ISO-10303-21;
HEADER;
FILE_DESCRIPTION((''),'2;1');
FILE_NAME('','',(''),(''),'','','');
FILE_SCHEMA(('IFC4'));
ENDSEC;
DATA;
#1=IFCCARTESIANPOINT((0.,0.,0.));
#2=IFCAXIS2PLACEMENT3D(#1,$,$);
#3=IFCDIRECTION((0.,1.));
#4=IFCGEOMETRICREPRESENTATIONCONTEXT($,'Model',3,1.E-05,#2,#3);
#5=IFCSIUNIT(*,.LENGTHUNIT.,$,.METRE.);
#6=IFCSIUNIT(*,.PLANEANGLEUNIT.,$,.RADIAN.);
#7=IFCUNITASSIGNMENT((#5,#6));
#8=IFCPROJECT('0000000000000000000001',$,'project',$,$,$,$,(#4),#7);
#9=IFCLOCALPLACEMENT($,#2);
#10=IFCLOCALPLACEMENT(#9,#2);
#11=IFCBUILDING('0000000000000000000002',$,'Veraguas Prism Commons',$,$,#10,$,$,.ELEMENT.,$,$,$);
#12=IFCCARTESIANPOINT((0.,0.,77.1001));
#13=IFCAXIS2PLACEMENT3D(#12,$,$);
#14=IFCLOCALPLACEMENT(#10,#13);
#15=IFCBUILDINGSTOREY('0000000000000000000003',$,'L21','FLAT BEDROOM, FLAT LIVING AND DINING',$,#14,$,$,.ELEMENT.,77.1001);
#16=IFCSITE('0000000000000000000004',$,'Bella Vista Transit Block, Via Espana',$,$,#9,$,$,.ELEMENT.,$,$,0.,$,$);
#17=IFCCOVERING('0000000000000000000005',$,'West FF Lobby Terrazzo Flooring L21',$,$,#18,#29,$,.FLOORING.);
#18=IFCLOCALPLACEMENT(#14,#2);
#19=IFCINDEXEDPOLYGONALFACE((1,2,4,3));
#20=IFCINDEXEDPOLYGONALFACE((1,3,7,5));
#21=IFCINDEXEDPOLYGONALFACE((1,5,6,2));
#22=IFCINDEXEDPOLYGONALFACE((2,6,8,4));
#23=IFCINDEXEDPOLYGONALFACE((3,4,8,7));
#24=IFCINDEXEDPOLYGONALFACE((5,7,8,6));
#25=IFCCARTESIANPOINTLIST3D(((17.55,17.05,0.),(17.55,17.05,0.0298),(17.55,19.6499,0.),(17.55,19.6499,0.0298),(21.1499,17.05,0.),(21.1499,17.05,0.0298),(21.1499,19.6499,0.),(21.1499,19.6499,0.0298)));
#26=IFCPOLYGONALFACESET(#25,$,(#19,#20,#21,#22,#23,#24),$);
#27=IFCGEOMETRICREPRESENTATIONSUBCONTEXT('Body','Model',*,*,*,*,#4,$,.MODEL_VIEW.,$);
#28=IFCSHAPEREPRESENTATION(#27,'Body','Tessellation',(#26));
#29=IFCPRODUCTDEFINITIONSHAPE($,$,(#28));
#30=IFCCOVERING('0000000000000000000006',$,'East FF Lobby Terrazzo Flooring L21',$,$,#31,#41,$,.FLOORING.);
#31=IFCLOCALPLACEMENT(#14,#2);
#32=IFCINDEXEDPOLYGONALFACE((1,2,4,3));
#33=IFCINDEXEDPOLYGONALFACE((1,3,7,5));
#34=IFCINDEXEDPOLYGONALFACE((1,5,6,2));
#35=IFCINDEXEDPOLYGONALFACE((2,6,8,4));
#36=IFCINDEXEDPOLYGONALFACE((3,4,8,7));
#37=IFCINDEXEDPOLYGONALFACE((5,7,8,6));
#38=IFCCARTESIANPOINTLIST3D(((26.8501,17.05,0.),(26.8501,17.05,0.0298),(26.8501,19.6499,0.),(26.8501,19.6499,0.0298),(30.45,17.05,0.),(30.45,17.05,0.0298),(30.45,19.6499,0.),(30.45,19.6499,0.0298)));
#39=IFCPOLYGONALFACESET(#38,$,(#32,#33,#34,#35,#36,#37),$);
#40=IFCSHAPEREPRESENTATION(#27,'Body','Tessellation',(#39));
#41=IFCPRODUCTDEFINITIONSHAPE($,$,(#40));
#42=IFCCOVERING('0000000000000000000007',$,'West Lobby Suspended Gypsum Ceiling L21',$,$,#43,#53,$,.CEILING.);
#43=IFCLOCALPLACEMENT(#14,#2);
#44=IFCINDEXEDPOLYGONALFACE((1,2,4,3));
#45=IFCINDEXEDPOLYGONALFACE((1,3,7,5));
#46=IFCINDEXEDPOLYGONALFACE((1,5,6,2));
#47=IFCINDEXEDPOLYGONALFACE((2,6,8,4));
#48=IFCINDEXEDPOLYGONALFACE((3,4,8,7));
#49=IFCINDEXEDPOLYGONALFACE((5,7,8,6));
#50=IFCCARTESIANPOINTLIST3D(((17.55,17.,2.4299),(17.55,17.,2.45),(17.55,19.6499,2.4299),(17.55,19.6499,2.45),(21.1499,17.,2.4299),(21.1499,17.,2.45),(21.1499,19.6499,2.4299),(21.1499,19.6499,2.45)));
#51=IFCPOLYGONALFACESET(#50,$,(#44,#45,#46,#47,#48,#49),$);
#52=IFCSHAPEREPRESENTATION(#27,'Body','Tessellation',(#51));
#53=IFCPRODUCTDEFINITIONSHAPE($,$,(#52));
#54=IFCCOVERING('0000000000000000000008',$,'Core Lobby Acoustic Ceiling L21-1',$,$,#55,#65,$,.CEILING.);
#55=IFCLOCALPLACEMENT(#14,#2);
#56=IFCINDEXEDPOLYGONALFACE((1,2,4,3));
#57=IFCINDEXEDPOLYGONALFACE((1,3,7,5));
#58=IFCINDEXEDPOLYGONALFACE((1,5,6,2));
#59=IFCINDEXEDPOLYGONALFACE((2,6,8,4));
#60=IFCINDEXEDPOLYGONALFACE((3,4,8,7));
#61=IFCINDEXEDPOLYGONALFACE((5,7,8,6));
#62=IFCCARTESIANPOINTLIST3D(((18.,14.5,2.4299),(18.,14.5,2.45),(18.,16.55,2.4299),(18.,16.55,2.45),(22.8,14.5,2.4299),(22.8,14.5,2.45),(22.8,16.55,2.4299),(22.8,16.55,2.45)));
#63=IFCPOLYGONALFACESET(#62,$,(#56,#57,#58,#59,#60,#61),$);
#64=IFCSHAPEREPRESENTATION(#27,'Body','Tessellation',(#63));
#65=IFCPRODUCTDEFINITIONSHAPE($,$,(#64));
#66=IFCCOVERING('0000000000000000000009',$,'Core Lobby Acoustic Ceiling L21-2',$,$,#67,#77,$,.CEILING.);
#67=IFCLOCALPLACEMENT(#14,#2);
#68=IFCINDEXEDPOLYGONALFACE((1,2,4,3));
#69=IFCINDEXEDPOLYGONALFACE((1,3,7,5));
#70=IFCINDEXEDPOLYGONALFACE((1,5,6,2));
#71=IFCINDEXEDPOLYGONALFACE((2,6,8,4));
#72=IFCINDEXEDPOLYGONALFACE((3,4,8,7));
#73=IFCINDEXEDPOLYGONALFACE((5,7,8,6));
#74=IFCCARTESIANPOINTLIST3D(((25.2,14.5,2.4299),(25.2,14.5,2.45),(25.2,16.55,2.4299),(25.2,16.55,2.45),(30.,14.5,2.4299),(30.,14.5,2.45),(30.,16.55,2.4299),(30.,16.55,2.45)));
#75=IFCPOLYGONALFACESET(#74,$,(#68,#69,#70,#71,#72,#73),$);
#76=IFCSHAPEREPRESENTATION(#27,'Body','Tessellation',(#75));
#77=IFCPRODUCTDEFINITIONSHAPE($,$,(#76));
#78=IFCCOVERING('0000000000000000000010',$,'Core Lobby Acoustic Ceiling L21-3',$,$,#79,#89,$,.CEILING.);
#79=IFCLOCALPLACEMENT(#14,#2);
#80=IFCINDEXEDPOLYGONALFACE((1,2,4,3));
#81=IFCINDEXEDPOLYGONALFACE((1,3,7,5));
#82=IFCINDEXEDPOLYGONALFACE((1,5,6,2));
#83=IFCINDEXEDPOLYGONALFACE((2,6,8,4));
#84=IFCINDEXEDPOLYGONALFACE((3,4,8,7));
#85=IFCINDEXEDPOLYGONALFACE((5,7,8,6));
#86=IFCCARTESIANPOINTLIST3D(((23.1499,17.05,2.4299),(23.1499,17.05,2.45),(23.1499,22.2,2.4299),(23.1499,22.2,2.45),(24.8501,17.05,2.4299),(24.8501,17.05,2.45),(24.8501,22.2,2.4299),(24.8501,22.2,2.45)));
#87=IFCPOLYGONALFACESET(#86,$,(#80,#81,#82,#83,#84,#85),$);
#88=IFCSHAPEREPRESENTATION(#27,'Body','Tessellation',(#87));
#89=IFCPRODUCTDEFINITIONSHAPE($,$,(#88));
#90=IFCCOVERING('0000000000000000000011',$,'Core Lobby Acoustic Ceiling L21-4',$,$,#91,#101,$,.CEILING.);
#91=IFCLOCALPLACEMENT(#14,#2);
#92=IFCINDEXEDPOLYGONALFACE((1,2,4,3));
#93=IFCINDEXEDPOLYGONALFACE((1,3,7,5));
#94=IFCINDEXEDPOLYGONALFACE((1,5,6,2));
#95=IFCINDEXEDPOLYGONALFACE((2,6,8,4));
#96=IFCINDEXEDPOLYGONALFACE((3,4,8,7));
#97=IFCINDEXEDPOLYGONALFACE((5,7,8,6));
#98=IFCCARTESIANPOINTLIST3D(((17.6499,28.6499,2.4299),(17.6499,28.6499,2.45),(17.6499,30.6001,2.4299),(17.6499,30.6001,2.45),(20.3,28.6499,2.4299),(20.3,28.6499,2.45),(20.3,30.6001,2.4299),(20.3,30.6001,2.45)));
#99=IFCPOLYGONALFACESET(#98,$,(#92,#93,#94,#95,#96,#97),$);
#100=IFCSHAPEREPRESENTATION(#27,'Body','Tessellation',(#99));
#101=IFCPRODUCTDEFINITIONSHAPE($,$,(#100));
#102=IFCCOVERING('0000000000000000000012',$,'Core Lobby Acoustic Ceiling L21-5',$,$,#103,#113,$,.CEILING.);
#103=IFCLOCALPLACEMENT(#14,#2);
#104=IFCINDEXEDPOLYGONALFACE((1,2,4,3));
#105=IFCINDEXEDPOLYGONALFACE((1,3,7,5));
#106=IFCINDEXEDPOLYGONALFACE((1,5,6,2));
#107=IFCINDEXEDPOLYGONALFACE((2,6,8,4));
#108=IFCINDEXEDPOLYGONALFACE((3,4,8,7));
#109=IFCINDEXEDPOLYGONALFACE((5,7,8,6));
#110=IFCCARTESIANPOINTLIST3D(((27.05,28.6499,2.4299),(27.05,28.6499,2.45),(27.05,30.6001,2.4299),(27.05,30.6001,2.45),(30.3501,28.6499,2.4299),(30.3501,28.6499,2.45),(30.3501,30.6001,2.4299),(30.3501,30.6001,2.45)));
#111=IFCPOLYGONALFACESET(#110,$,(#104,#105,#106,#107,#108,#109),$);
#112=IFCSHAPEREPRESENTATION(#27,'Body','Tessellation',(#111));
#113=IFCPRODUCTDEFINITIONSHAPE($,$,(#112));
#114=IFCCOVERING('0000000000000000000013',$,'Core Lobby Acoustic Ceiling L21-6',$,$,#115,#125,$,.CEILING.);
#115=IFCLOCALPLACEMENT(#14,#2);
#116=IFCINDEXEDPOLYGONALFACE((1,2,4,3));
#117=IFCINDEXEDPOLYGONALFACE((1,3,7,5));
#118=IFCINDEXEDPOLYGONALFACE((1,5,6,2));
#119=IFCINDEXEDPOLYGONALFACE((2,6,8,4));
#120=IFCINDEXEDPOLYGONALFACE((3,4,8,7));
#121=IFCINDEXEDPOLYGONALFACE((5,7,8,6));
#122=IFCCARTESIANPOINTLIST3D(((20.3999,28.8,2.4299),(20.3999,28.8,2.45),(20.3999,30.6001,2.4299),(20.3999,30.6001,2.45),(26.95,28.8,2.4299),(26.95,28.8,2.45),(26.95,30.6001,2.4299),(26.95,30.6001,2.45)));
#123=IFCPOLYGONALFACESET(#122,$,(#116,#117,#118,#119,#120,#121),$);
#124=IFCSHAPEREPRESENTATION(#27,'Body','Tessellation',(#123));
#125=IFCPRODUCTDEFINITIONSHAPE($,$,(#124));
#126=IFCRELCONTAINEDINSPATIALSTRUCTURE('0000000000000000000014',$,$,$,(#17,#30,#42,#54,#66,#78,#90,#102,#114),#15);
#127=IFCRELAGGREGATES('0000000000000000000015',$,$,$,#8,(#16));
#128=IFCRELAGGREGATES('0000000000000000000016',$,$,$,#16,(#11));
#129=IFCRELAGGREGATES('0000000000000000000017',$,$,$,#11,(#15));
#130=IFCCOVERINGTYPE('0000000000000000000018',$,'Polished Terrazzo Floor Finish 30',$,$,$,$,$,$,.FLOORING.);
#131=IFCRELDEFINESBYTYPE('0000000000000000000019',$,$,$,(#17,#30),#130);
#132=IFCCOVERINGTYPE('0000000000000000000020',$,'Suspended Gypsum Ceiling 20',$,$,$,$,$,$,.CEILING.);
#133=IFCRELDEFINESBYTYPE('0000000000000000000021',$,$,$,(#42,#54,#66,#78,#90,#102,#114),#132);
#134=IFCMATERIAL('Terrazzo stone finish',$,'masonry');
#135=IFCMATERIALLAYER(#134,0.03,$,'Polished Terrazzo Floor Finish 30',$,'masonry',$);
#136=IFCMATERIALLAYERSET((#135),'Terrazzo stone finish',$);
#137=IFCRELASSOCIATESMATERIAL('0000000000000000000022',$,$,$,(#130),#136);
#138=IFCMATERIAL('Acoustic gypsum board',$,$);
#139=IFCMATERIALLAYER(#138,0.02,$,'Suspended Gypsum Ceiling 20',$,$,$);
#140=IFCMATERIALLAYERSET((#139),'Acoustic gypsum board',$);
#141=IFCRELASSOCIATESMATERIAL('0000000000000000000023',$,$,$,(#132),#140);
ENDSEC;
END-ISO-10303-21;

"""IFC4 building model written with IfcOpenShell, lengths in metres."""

from ifc_helpers import new_model, si_unit, direction, frame, origin, place, context, subcontext, project, spatial, polyline, outline, extrude, material, layer, layer_set, type_object, element, save


model = new_model("IFC4")

# Units and contexts
model_context = context("Model", 3, precision=1e-05, world=origin(), true_north=direction((0.0, 1.0)))
body_context = subcontext(model_context, "Body", "Model", "MODEL_VIEW")
ifc_project = project(units=[si_unit("LENGTHUNIT", "METRE"), si_unit("PLANEANGLEUNIT", "RADIAN")], contexts=[model_context])

# Site, building, storey
site_placement = place(None, origin())
site = spatial("IfcSite", under=ifc_project, at=site_placement, Name="Bella Vista Transit Block, Via Espana", CompositionType="ELEMENT", RefElevation=0.0)
building_placement = place(site_placement, origin())
building = spatial("IfcBuilding", under=site, at=building_placement, Name="Veraguas Prism Commons", CompositionType="ELEMENT")
storey_placement = place(building_placement, frame((0.0, 0.0, 77.1001)))
storey = spatial("IfcBuildingStorey", under=building, at=storey_placement, Name="L21", Description="FLAT BEDROOM, FLAT LIVING AND DINING", CompositionType="ELEMENT", Elevation=77.1001)

# Coverings
ifc_material_1 = material(Name="Acoustic gypsum board")
ifc_material_2 = material(Name="Terrazzo stone finish", Category="masonry")
ifc_layer_1 = layer(ifc_material_2, 0.03, Name="Polished Terrazzo Floor Finish 30", Category="masonry")
ifc_layer_set_1 = layer_set([ifc_layer_1], Name="Terrazzo stone finish")
covering_type_1 = type_object("IfcCoveringType", Name="Polished Terrazzo Floor Finish 30", PredefinedType="FLOORING", material=ifc_layer_set_1)
covering_1_placement = place(storey_placement, origin())
element("IfcCovering", 1, at=covering_1_placement, inside=storey, type_object=covering_type_1, Name="West FF Lobby Terrazzo Flooring L21", PredefinedType="FLOORING", context=body_context, shape_type="SweptSolid", body=[
    extrude(outline(polyline([(17.55, 17.05), (21.1499, 17.05), (21.1499, 19.6499), (17.55, 19.6499), (17.55, 17.05)])), origin(), (0.0, 0.0, 1.0), 0.0298),
])
covering_2_placement = place(storey_placement, origin())
element("IfcCovering", 2, at=covering_2_placement, inside=storey, type_object=covering_type_1, Name="East FF Lobby Terrazzo Flooring L21", PredefinedType="FLOORING", context=body_context, shape_type="SweptSolid", body=[
    extrude(outline(polyline([(26.8501, 17.05), (30.45, 17.05), (30.45, 19.6499), (26.8501, 19.6499), (26.8501, 17.05)])), origin(), (0.0, 0.0, 1.0), 0.0298),
])
ifc_layer_2 = layer(ifc_material_1, 0.02, Name="Suspended Gypsum Ceiling 20")
ifc_layer_set_2 = layer_set([ifc_layer_2], Name="Acoustic gypsum board")
covering_type_2 = type_object("IfcCoveringType", Name="Suspended Gypsum Ceiling 20", PredefinedType="CEILING", material=ifc_layer_set_2)
covering_3_placement = place(storey_placement, frame((0.0, 0.0, 2.4299)))
element("IfcCovering", 3, at=covering_3_placement, inside=storey, type_object=covering_type_2, Name="West Lobby Suspended Gypsum Ceiling L21", PredefinedType="CEILING", context=body_context, shape_type="SweptSolid", body=[
    extrude(outline(polyline([(17.55, 17.0), (21.1499, 17.0), (21.1499, 19.6499), (17.55, 19.6499), (17.55, 17.0)])), origin(), (0.0, 0.0, 1.0), 0.02),
])
covering_4_placement = place(storey_placement, frame((0.0, 0.0, 2.4299)))
element("IfcCovering", 4, at=covering_4_placement, inside=storey, type_object=covering_type_2, Name="Core Lobby Acoustic Ceiling L21-1", PredefinedType="CEILING", context=body_context, shape_type="SweptSolid", body=[
    extrude(outline(polyline([(18.0, 14.5), (22.8, 14.5), (22.8, 16.55), (18.0, 16.55), (18.0, 14.5)])), origin(), (0.0, 0.0, 1.0), 0.02),
])
covering_5_placement = place(storey_placement, frame((0.0, 0.0, 2.4299)))
element("IfcCovering", 5, at=covering_5_placement, inside=storey, type_object=covering_type_2, Name="Core Lobby Acoustic Ceiling L21-2", PredefinedType="CEILING", context=body_context, shape_type="SweptSolid", body=[
    extrude(outline(polyline([(25.2, 14.5), (30.0, 14.5), (30.0, 16.55), (25.2, 16.55), (25.2, 14.5)])), origin(), (0.0, 0.0, 1.0), 0.02),
])
covering_6_placement = place(storey_placement, frame((0.0, 0.0, 2.4299)))
element("IfcCovering", 6, at=covering_6_placement, inside=storey, type_object=covering_type_2, Name="Core Lobby Acoustic Ceiling L21-3", PredefinedType="CEILING", context=body_context, shape_type="SweptSolid", body=[
    extrude(outline(polyline([(23.1499, 17.05), (24.8501, 17.05), (24.8501, 22.2), (23.1499, 22.2), (23.1499, 17.05)])), origin(), (0.0, 0.0, 1.0), 0.02),
])
covering_7_placement = place(storey_placement, frame((0.0, 0.0, 2.4299)))
element("IfcCovering", 7, at=covering_7_placement, inside=storey, type_object=covering_type_2, Name="Core Lobby Acoustic Ceiling L21-4", PredefinedType="CEILING", context=body_context, shape_type="SweptSolid", body=[
    extrude(outline(polyline([(17.6499, 28.6499), (20.3, 28.6499), (20.3, 30.6001), (17.6499, 30.6001), (17.6499, 28.6499)])), origin(), (0.0, 0.0, 1.0), 0.02),
])
covering_8_placement = place(storey_placement, frame((0.0, 0.0, 2.4299)))
element("IfcCovering", 8, at=covering_8_placement, inside=storey, type_object=covering_type_2, Name="Core Lobby Acoustic Ceiling L21-5", PredefinedType="CEILING", context=body_context, shape_type="SweptSolid", body=[
    extrude(outline(polyline([(27.05, 28.6499), (30.3501, 28.6499), (30.3501, 30.6001), (27.05, 30.6001), (27.05, 28.6499)])), origin(), (0.0, 0.0, 1.0), 0.02),
])
covering_9_placement = place(storey_placement, frame((0.0, 0.0, 2.4299)))
element("IfcCovering", 9, at=covering_9_placement, inside=storey, type_object=covering_type_2, Name="Core Lobby Acoustic Ceiling L21-6", PredefinedType="CEILING", context=body_context, shape_type="SweptSolid", body=[
    extrude(outline(polyline([(20.3999, 28.8), (26.95, 28.8), (26.95, 30.6001), (20.3999, 30.6001), (20.3999, 28.8)])), origin(), (0.0, 0.0, 1.0), 0.02),
])

save(model, "model.ifc")
